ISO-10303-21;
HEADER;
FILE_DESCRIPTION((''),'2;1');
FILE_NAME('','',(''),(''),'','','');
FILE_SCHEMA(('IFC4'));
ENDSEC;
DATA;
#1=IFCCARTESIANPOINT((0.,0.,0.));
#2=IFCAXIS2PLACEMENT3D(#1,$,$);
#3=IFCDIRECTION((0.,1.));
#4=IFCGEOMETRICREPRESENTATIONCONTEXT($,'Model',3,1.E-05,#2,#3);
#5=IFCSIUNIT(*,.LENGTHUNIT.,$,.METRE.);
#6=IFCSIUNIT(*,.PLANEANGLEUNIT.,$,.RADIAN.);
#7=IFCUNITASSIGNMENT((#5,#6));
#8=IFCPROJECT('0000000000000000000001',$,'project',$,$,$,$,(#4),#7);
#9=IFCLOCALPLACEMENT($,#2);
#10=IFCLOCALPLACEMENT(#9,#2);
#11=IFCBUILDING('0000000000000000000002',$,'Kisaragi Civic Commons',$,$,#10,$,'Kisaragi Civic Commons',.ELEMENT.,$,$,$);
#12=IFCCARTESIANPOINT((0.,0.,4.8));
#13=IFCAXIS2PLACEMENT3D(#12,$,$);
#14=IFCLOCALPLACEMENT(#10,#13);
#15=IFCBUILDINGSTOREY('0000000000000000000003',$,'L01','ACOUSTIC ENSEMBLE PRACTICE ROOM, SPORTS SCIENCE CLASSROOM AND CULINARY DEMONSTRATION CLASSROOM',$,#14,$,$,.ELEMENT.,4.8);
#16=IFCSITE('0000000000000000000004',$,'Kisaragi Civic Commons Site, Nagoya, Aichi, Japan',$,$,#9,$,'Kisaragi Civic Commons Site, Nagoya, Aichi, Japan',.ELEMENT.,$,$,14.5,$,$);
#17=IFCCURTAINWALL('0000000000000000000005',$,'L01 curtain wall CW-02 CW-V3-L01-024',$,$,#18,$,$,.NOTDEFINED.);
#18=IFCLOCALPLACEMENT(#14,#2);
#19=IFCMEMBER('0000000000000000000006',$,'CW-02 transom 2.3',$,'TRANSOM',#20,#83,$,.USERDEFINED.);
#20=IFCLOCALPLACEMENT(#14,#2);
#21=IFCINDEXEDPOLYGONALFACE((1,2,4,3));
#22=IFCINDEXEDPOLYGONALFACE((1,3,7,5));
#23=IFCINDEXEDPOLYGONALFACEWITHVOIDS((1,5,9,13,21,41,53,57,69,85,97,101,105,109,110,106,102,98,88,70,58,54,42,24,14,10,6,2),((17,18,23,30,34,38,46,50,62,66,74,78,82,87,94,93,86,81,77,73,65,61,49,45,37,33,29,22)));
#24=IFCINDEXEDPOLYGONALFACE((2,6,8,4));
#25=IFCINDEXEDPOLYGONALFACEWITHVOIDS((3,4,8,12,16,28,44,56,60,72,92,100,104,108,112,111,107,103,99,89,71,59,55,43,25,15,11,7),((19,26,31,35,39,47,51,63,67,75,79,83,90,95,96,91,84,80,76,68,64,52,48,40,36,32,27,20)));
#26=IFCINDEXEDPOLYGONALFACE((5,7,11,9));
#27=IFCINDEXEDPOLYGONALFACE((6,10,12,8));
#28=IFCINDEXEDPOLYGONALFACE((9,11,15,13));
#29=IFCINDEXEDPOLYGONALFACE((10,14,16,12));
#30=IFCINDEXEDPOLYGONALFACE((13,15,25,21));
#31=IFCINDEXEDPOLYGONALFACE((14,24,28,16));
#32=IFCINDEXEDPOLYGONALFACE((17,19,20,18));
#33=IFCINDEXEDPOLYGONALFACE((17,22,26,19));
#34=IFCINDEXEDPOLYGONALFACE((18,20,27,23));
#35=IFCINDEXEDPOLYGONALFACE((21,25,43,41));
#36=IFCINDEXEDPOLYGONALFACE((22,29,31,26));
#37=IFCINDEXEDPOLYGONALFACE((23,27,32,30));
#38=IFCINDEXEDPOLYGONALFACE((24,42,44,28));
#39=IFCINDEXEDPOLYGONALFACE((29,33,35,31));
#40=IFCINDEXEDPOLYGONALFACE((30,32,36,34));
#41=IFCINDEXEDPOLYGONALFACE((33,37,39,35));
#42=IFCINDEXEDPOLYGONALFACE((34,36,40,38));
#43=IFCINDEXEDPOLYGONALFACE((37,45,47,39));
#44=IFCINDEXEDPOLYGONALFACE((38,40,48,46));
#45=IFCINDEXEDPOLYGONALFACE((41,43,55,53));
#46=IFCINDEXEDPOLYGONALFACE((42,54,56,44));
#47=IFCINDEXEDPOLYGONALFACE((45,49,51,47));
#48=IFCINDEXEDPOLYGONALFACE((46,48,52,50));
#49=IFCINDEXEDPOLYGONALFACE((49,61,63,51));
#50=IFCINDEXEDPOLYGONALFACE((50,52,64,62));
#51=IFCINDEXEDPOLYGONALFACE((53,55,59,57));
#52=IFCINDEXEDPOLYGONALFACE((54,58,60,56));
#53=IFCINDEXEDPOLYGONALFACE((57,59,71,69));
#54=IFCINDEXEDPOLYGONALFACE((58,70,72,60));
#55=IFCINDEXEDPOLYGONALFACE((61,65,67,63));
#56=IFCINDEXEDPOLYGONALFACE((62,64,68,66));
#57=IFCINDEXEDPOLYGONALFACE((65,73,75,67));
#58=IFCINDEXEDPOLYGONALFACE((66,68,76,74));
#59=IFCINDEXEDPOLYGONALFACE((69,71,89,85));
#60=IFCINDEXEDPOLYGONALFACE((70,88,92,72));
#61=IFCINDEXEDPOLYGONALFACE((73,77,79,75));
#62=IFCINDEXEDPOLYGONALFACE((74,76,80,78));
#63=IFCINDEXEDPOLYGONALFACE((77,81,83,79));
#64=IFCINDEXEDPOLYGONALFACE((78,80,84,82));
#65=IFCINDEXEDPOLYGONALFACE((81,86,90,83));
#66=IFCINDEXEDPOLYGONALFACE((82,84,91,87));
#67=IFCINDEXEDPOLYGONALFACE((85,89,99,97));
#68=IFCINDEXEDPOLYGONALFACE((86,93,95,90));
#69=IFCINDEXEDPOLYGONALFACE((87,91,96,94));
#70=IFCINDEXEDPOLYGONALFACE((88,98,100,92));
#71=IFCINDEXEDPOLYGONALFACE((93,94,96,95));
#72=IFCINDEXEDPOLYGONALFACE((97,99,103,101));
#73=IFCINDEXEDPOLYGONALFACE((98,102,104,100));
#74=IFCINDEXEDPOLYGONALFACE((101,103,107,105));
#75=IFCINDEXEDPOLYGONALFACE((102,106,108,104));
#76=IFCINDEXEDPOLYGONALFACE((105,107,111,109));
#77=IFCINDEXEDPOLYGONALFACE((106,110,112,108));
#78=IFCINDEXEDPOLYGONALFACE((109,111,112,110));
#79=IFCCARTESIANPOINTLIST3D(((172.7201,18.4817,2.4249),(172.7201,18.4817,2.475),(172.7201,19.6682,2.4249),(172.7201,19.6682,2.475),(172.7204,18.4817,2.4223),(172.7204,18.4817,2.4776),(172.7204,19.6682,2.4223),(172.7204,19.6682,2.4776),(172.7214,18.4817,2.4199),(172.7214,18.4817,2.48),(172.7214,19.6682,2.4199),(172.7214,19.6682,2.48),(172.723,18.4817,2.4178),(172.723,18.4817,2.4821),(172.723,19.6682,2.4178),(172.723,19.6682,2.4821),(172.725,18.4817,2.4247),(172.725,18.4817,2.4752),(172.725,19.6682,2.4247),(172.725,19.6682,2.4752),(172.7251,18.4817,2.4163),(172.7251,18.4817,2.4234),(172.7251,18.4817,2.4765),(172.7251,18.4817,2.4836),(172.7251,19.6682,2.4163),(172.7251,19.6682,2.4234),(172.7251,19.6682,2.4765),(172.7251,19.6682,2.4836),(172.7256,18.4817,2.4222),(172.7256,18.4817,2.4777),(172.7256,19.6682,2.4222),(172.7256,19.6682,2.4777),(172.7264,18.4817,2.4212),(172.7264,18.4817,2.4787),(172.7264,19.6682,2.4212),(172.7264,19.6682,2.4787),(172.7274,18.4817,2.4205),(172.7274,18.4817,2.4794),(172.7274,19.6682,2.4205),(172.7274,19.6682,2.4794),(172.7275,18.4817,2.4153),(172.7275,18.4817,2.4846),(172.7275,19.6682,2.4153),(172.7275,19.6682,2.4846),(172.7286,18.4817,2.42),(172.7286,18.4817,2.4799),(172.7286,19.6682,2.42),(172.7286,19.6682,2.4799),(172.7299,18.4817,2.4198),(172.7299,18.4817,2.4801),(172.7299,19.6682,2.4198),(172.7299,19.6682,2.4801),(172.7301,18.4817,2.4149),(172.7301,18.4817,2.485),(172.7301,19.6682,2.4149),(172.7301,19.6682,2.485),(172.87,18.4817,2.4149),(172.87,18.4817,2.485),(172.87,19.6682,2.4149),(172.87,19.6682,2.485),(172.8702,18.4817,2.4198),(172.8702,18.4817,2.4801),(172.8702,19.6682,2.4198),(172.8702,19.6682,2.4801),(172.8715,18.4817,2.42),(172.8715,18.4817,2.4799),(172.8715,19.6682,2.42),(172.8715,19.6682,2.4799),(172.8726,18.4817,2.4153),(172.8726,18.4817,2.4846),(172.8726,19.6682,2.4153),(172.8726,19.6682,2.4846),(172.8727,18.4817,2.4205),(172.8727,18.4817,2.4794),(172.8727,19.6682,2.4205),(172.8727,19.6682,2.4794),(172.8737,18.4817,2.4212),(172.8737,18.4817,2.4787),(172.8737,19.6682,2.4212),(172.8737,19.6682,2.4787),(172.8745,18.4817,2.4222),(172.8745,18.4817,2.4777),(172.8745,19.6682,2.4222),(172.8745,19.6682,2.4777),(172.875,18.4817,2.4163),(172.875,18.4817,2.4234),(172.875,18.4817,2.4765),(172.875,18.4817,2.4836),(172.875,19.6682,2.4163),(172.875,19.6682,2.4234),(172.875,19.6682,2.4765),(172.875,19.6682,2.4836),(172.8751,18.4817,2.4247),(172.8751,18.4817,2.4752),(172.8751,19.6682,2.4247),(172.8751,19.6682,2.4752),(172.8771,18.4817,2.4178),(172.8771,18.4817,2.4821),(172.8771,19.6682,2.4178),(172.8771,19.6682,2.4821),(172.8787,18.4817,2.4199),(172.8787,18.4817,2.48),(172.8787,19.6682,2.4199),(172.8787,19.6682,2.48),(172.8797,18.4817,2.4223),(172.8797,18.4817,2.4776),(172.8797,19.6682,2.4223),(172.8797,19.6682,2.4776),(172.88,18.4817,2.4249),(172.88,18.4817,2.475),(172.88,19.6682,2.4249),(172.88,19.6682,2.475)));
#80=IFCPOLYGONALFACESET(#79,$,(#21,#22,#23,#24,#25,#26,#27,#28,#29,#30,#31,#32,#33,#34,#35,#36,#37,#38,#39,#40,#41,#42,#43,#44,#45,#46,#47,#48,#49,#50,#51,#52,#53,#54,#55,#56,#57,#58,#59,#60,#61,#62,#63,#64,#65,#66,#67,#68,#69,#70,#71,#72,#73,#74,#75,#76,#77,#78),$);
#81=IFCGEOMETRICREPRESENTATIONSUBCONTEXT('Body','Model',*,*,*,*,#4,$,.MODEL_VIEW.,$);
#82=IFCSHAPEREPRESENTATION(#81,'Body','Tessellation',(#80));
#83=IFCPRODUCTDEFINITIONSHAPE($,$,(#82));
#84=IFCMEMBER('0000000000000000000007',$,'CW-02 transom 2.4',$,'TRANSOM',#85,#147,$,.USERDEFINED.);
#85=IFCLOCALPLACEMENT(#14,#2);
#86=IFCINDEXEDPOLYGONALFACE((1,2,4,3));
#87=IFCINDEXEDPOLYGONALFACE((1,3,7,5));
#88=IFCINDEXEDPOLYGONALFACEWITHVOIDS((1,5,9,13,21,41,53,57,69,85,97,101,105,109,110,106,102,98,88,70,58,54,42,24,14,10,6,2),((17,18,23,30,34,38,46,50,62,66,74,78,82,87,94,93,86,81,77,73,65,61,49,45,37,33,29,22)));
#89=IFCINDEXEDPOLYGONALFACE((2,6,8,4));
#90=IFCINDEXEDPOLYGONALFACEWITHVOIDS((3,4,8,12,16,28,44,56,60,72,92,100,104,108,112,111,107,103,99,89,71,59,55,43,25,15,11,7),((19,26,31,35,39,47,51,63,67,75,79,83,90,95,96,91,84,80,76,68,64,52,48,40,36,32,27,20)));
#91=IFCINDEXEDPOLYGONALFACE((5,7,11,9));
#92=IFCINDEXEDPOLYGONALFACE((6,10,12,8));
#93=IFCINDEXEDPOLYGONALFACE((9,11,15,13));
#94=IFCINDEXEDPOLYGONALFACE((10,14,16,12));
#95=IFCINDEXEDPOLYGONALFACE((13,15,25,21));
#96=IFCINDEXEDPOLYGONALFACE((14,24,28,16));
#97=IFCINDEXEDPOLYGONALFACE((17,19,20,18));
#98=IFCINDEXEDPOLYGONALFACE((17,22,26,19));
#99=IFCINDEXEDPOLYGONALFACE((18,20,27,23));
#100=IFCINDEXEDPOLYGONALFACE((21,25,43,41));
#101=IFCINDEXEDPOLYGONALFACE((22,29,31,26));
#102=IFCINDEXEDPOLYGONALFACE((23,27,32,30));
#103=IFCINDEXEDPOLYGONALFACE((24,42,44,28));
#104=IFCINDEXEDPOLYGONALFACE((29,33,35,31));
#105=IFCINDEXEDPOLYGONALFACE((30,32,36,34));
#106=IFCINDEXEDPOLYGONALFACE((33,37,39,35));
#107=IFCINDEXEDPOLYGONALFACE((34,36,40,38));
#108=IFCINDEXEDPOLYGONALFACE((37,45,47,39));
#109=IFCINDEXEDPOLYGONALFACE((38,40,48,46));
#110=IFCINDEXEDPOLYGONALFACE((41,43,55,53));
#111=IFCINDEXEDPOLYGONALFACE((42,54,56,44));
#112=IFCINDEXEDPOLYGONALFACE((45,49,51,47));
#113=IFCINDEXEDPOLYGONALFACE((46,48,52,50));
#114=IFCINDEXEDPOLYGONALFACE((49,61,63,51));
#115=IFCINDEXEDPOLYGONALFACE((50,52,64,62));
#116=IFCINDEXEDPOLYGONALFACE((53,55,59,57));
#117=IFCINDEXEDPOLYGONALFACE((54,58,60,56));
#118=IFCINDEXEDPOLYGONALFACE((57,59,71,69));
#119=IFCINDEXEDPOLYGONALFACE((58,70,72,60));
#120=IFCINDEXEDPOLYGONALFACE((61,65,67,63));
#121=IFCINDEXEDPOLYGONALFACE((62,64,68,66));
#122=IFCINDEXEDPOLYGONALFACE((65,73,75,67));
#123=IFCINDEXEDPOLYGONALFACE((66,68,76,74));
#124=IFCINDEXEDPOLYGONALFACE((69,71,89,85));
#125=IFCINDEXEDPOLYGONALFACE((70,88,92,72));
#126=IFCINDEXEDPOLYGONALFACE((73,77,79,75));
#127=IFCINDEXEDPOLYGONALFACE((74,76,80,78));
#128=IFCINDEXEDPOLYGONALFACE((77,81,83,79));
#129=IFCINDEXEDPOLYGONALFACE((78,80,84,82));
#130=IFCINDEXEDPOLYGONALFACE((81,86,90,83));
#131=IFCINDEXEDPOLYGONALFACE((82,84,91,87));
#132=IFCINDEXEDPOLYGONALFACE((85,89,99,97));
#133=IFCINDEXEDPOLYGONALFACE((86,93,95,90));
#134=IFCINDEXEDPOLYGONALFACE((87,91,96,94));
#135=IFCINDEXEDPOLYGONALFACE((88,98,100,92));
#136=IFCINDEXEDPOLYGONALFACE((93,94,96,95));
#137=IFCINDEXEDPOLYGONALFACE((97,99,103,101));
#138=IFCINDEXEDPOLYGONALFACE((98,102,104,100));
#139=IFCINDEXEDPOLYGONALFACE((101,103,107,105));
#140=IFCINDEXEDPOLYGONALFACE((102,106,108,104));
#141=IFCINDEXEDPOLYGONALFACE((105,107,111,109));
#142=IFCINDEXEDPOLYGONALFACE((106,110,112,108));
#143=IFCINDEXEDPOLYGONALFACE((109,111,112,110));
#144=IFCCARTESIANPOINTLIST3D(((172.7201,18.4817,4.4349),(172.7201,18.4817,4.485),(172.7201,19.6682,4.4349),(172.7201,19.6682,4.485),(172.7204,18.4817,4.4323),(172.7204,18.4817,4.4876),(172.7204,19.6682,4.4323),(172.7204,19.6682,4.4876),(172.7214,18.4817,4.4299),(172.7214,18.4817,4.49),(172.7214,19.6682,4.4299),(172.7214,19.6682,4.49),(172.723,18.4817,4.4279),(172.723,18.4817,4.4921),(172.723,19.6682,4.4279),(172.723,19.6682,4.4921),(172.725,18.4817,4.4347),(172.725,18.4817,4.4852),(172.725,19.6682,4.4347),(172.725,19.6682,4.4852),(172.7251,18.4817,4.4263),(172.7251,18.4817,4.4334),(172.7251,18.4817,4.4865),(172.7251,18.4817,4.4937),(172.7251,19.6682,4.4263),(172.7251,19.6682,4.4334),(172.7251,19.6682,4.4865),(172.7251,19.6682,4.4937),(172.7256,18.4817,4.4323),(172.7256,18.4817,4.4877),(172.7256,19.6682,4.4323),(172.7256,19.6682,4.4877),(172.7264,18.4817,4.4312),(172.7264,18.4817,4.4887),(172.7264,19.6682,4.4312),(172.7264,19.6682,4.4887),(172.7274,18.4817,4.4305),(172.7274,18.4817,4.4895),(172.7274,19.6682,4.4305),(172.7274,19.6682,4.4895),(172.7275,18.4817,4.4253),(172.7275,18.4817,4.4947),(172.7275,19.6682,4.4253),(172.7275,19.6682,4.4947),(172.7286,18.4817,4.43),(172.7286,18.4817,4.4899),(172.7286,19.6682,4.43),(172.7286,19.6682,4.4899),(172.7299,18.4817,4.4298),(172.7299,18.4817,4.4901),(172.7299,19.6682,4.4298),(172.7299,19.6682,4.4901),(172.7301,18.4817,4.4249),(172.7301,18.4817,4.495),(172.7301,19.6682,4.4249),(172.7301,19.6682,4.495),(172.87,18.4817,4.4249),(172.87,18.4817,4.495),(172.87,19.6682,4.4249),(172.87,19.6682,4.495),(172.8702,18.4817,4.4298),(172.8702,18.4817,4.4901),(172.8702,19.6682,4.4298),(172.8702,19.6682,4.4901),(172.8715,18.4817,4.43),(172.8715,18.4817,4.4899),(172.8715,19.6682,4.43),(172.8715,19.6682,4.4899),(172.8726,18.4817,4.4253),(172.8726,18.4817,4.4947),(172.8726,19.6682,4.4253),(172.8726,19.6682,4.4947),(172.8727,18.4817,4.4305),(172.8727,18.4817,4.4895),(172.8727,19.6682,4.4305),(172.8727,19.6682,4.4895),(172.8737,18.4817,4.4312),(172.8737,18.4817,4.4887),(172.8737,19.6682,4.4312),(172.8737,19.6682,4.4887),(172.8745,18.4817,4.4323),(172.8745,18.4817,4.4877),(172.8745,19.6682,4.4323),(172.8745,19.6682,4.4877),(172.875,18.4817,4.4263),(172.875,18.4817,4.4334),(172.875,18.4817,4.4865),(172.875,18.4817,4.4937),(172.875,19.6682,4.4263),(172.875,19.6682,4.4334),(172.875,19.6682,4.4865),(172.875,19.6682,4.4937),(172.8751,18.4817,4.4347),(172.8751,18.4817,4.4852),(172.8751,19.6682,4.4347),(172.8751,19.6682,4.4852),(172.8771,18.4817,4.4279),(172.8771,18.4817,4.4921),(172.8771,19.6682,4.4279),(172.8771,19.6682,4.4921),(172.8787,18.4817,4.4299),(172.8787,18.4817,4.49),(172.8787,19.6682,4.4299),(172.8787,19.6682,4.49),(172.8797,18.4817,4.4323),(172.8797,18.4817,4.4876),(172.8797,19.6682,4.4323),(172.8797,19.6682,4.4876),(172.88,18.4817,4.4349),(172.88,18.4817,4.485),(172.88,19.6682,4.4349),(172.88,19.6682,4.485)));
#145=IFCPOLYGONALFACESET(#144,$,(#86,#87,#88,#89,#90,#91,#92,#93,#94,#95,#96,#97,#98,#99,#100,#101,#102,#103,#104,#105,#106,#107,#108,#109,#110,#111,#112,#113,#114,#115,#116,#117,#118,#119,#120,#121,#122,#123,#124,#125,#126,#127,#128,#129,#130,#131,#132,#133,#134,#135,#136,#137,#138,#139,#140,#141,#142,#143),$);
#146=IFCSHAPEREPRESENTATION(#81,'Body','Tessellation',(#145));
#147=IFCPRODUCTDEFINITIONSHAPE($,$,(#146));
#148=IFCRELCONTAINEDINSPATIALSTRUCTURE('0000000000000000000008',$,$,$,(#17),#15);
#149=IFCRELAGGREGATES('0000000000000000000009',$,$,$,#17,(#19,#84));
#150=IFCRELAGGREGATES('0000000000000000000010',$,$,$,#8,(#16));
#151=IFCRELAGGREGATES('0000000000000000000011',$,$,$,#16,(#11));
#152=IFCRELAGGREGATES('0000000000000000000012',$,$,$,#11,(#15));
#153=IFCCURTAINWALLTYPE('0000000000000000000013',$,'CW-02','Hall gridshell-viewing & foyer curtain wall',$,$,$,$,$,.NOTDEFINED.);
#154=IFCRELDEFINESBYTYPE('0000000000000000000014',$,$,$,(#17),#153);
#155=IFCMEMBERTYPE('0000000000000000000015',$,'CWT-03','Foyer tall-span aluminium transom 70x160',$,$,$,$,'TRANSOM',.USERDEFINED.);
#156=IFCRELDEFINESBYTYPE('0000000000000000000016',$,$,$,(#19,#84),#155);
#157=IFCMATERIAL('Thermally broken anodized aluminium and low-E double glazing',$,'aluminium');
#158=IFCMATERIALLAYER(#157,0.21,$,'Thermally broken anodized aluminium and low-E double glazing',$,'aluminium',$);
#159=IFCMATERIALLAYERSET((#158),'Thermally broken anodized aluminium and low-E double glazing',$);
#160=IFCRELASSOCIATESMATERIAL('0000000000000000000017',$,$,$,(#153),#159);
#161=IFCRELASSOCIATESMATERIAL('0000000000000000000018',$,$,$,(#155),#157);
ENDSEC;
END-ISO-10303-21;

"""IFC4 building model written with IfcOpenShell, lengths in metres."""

from ifc_helpers import new_model, si_unit, direction, frame, origin, origin_2d, place, context, subcontext, project, spatial, hollow_rectangle, extrude, material, layer, layer_set, material_profile, profile_set, type_object, element, aggregate, save


model = new_model("IFC4")

# Units and contexts
model_context = context("Model", 3, precision=1e-05, world=origin(), true_north=direction((0.0, 1.0)))
body_context = subcontext(model_context, "Body", "Model", "MODEL_VIEW")
ifc_project = project(units=[si_unit("LENGTHUNIT", "METRE"), si_unit("PLANEANGLEUNIT", "RADIAN")], contexts=[model_context])

# Site, building, storey
site_placement = place(None, origin())
site = spatial("IfcSite", under=ifc_project, at=site_placement, Name="Kisaragi Civic Commons Site, Nagoya, Aichi, Japan", LongName="Kisaragi Civic Commons Site, Nagoya, Aichi, Japan", CompositionType="ELEMENT", RefElevation=14.5)
building_placement = place(site_placement, origin())
building = spatial("IfcBuilding", under=site, at=building_placement, Name="Kisaragi Civic Commons", LongName="Kisaragi Civic Commons", CompositionType="ELEMENT")
storey_placement = place(building_placement, frame((0.0, 0.0, 4.8)))
storey = spatial("IfcBuildingStorey", under=building, at=storey_placement, Name="L01", Description="ACOUSTIC ENSEMBLE PRACTICE ROOM, SPORTS SCIENCE CLASSROOM AND CULINARY DEMONSTRATION CLASSROOM", CompositionType="ELEMENT", Elevation=4.8)

# Shared definitions
ifc_material = material(Name="Thermally broken anodized aluminium and low-E double glazing", Category="aluminium")
ifc_layer_1 = layer(ifc_material, 0.21, Name="Thermally broken anodized aluminium and low-E double glazing", Category="aluminium")
ifc_layer_set_1 = layer_set([ifc_layer_1], Name="Thermally broken anodized aluminium and low-E double glazing")
curtain_wall_type = type_object("IfcCurtainWallType", Name="CW-02", Description="Hall gridshell-viewing & foyer curtain wall", PredefinedType="NOTDEFINED", material=ifc_layer_set_1)

# Curtain wall, members
curtain_wall_1_placement = place(storey_placement, origin())
curtain_wall_1 = element("IfcCurtainWall", 1, at=curtain_wall_1_placement, inside=storey, type_object=curtain_wall_type, Name="L01 curtain wall CW-02 CW-V3-L01-024", PredefinedType="NOTDEFINED")
ifc_material_profile_1 = material_profile(ifc_material, hollow_rectangle(XDim=0.1599, YDim=0.0701, WallThickness=0.0049, InnerFilletRadius=0.0049, OuterFilletRadius=0.01, at=origin_2d()), Name="CWT-70x160x5", Category="aluminium")
ifc_profile_set_1 = profile_set([ifc_material_profile_1], Name="Thermally broken anodized aluminium and low-E double glazing")
member_type_1 = type_object("IfcMemberType", Name="CWT-03", Description="Foyer tall-span aluminium transom 70x160", ElementType="TRANSOM", PredefinedType="USERDEFINED", material=ifc_profile_set_1)
member_1_placement = place(storey_placement, frame((172.8, 19.6682, 2.45), z_axis=(0.0, -1.0, 0.0), x_axis=(1.0, 0.0, 0.0)))
member_1 = element("IfcMember", 2, at=member_1_placement, type_object=member_type_1, Name="CW-02 transom 2.3", ObjectType="TRANSOM", PredefinedType="USERDEFINED", context=body_context, shape_type="SweptSolid", body=[
    extrude(hollow_rectangle(XDim=0.1599, YDim=0.0701, WallThickness=0.0049, InnerFilletRadius=0.0049, OuterFilletRadius=0.01, at=origin_2d()), origin(), (0.0, 0.0, 1.0), 1.1865),
])
member_2_placement = place(storey_placement, frame((172.8, 19.6682, 4.46), z_axis=(0.0, -1.0, 0.0), x_axis=(1.0, 0.0, 0.0)))
member_2 = element("IfcMember", 3, at=member_2_placement, type_object=member_type_1, Name="CW-02 transom 2.4", ObjectType="TRANSOM", PredefinedType="USERDEFINED", context=body_context, shape_type="SweptSolid", body=[
    extrude(hollow_rectangle(XDim=0.1599, YDim=0.0701, WallThickness=0.0049, InnerFilletRadius=0.0049, OuterFilletRadius=0.01, at=origin_2d()), origin(), (0.0, 0.0, 1.0), 1.1865),
])

aggregate(curtain_wall_1, [member_1, member_2])

save(model, "model.ifc")
